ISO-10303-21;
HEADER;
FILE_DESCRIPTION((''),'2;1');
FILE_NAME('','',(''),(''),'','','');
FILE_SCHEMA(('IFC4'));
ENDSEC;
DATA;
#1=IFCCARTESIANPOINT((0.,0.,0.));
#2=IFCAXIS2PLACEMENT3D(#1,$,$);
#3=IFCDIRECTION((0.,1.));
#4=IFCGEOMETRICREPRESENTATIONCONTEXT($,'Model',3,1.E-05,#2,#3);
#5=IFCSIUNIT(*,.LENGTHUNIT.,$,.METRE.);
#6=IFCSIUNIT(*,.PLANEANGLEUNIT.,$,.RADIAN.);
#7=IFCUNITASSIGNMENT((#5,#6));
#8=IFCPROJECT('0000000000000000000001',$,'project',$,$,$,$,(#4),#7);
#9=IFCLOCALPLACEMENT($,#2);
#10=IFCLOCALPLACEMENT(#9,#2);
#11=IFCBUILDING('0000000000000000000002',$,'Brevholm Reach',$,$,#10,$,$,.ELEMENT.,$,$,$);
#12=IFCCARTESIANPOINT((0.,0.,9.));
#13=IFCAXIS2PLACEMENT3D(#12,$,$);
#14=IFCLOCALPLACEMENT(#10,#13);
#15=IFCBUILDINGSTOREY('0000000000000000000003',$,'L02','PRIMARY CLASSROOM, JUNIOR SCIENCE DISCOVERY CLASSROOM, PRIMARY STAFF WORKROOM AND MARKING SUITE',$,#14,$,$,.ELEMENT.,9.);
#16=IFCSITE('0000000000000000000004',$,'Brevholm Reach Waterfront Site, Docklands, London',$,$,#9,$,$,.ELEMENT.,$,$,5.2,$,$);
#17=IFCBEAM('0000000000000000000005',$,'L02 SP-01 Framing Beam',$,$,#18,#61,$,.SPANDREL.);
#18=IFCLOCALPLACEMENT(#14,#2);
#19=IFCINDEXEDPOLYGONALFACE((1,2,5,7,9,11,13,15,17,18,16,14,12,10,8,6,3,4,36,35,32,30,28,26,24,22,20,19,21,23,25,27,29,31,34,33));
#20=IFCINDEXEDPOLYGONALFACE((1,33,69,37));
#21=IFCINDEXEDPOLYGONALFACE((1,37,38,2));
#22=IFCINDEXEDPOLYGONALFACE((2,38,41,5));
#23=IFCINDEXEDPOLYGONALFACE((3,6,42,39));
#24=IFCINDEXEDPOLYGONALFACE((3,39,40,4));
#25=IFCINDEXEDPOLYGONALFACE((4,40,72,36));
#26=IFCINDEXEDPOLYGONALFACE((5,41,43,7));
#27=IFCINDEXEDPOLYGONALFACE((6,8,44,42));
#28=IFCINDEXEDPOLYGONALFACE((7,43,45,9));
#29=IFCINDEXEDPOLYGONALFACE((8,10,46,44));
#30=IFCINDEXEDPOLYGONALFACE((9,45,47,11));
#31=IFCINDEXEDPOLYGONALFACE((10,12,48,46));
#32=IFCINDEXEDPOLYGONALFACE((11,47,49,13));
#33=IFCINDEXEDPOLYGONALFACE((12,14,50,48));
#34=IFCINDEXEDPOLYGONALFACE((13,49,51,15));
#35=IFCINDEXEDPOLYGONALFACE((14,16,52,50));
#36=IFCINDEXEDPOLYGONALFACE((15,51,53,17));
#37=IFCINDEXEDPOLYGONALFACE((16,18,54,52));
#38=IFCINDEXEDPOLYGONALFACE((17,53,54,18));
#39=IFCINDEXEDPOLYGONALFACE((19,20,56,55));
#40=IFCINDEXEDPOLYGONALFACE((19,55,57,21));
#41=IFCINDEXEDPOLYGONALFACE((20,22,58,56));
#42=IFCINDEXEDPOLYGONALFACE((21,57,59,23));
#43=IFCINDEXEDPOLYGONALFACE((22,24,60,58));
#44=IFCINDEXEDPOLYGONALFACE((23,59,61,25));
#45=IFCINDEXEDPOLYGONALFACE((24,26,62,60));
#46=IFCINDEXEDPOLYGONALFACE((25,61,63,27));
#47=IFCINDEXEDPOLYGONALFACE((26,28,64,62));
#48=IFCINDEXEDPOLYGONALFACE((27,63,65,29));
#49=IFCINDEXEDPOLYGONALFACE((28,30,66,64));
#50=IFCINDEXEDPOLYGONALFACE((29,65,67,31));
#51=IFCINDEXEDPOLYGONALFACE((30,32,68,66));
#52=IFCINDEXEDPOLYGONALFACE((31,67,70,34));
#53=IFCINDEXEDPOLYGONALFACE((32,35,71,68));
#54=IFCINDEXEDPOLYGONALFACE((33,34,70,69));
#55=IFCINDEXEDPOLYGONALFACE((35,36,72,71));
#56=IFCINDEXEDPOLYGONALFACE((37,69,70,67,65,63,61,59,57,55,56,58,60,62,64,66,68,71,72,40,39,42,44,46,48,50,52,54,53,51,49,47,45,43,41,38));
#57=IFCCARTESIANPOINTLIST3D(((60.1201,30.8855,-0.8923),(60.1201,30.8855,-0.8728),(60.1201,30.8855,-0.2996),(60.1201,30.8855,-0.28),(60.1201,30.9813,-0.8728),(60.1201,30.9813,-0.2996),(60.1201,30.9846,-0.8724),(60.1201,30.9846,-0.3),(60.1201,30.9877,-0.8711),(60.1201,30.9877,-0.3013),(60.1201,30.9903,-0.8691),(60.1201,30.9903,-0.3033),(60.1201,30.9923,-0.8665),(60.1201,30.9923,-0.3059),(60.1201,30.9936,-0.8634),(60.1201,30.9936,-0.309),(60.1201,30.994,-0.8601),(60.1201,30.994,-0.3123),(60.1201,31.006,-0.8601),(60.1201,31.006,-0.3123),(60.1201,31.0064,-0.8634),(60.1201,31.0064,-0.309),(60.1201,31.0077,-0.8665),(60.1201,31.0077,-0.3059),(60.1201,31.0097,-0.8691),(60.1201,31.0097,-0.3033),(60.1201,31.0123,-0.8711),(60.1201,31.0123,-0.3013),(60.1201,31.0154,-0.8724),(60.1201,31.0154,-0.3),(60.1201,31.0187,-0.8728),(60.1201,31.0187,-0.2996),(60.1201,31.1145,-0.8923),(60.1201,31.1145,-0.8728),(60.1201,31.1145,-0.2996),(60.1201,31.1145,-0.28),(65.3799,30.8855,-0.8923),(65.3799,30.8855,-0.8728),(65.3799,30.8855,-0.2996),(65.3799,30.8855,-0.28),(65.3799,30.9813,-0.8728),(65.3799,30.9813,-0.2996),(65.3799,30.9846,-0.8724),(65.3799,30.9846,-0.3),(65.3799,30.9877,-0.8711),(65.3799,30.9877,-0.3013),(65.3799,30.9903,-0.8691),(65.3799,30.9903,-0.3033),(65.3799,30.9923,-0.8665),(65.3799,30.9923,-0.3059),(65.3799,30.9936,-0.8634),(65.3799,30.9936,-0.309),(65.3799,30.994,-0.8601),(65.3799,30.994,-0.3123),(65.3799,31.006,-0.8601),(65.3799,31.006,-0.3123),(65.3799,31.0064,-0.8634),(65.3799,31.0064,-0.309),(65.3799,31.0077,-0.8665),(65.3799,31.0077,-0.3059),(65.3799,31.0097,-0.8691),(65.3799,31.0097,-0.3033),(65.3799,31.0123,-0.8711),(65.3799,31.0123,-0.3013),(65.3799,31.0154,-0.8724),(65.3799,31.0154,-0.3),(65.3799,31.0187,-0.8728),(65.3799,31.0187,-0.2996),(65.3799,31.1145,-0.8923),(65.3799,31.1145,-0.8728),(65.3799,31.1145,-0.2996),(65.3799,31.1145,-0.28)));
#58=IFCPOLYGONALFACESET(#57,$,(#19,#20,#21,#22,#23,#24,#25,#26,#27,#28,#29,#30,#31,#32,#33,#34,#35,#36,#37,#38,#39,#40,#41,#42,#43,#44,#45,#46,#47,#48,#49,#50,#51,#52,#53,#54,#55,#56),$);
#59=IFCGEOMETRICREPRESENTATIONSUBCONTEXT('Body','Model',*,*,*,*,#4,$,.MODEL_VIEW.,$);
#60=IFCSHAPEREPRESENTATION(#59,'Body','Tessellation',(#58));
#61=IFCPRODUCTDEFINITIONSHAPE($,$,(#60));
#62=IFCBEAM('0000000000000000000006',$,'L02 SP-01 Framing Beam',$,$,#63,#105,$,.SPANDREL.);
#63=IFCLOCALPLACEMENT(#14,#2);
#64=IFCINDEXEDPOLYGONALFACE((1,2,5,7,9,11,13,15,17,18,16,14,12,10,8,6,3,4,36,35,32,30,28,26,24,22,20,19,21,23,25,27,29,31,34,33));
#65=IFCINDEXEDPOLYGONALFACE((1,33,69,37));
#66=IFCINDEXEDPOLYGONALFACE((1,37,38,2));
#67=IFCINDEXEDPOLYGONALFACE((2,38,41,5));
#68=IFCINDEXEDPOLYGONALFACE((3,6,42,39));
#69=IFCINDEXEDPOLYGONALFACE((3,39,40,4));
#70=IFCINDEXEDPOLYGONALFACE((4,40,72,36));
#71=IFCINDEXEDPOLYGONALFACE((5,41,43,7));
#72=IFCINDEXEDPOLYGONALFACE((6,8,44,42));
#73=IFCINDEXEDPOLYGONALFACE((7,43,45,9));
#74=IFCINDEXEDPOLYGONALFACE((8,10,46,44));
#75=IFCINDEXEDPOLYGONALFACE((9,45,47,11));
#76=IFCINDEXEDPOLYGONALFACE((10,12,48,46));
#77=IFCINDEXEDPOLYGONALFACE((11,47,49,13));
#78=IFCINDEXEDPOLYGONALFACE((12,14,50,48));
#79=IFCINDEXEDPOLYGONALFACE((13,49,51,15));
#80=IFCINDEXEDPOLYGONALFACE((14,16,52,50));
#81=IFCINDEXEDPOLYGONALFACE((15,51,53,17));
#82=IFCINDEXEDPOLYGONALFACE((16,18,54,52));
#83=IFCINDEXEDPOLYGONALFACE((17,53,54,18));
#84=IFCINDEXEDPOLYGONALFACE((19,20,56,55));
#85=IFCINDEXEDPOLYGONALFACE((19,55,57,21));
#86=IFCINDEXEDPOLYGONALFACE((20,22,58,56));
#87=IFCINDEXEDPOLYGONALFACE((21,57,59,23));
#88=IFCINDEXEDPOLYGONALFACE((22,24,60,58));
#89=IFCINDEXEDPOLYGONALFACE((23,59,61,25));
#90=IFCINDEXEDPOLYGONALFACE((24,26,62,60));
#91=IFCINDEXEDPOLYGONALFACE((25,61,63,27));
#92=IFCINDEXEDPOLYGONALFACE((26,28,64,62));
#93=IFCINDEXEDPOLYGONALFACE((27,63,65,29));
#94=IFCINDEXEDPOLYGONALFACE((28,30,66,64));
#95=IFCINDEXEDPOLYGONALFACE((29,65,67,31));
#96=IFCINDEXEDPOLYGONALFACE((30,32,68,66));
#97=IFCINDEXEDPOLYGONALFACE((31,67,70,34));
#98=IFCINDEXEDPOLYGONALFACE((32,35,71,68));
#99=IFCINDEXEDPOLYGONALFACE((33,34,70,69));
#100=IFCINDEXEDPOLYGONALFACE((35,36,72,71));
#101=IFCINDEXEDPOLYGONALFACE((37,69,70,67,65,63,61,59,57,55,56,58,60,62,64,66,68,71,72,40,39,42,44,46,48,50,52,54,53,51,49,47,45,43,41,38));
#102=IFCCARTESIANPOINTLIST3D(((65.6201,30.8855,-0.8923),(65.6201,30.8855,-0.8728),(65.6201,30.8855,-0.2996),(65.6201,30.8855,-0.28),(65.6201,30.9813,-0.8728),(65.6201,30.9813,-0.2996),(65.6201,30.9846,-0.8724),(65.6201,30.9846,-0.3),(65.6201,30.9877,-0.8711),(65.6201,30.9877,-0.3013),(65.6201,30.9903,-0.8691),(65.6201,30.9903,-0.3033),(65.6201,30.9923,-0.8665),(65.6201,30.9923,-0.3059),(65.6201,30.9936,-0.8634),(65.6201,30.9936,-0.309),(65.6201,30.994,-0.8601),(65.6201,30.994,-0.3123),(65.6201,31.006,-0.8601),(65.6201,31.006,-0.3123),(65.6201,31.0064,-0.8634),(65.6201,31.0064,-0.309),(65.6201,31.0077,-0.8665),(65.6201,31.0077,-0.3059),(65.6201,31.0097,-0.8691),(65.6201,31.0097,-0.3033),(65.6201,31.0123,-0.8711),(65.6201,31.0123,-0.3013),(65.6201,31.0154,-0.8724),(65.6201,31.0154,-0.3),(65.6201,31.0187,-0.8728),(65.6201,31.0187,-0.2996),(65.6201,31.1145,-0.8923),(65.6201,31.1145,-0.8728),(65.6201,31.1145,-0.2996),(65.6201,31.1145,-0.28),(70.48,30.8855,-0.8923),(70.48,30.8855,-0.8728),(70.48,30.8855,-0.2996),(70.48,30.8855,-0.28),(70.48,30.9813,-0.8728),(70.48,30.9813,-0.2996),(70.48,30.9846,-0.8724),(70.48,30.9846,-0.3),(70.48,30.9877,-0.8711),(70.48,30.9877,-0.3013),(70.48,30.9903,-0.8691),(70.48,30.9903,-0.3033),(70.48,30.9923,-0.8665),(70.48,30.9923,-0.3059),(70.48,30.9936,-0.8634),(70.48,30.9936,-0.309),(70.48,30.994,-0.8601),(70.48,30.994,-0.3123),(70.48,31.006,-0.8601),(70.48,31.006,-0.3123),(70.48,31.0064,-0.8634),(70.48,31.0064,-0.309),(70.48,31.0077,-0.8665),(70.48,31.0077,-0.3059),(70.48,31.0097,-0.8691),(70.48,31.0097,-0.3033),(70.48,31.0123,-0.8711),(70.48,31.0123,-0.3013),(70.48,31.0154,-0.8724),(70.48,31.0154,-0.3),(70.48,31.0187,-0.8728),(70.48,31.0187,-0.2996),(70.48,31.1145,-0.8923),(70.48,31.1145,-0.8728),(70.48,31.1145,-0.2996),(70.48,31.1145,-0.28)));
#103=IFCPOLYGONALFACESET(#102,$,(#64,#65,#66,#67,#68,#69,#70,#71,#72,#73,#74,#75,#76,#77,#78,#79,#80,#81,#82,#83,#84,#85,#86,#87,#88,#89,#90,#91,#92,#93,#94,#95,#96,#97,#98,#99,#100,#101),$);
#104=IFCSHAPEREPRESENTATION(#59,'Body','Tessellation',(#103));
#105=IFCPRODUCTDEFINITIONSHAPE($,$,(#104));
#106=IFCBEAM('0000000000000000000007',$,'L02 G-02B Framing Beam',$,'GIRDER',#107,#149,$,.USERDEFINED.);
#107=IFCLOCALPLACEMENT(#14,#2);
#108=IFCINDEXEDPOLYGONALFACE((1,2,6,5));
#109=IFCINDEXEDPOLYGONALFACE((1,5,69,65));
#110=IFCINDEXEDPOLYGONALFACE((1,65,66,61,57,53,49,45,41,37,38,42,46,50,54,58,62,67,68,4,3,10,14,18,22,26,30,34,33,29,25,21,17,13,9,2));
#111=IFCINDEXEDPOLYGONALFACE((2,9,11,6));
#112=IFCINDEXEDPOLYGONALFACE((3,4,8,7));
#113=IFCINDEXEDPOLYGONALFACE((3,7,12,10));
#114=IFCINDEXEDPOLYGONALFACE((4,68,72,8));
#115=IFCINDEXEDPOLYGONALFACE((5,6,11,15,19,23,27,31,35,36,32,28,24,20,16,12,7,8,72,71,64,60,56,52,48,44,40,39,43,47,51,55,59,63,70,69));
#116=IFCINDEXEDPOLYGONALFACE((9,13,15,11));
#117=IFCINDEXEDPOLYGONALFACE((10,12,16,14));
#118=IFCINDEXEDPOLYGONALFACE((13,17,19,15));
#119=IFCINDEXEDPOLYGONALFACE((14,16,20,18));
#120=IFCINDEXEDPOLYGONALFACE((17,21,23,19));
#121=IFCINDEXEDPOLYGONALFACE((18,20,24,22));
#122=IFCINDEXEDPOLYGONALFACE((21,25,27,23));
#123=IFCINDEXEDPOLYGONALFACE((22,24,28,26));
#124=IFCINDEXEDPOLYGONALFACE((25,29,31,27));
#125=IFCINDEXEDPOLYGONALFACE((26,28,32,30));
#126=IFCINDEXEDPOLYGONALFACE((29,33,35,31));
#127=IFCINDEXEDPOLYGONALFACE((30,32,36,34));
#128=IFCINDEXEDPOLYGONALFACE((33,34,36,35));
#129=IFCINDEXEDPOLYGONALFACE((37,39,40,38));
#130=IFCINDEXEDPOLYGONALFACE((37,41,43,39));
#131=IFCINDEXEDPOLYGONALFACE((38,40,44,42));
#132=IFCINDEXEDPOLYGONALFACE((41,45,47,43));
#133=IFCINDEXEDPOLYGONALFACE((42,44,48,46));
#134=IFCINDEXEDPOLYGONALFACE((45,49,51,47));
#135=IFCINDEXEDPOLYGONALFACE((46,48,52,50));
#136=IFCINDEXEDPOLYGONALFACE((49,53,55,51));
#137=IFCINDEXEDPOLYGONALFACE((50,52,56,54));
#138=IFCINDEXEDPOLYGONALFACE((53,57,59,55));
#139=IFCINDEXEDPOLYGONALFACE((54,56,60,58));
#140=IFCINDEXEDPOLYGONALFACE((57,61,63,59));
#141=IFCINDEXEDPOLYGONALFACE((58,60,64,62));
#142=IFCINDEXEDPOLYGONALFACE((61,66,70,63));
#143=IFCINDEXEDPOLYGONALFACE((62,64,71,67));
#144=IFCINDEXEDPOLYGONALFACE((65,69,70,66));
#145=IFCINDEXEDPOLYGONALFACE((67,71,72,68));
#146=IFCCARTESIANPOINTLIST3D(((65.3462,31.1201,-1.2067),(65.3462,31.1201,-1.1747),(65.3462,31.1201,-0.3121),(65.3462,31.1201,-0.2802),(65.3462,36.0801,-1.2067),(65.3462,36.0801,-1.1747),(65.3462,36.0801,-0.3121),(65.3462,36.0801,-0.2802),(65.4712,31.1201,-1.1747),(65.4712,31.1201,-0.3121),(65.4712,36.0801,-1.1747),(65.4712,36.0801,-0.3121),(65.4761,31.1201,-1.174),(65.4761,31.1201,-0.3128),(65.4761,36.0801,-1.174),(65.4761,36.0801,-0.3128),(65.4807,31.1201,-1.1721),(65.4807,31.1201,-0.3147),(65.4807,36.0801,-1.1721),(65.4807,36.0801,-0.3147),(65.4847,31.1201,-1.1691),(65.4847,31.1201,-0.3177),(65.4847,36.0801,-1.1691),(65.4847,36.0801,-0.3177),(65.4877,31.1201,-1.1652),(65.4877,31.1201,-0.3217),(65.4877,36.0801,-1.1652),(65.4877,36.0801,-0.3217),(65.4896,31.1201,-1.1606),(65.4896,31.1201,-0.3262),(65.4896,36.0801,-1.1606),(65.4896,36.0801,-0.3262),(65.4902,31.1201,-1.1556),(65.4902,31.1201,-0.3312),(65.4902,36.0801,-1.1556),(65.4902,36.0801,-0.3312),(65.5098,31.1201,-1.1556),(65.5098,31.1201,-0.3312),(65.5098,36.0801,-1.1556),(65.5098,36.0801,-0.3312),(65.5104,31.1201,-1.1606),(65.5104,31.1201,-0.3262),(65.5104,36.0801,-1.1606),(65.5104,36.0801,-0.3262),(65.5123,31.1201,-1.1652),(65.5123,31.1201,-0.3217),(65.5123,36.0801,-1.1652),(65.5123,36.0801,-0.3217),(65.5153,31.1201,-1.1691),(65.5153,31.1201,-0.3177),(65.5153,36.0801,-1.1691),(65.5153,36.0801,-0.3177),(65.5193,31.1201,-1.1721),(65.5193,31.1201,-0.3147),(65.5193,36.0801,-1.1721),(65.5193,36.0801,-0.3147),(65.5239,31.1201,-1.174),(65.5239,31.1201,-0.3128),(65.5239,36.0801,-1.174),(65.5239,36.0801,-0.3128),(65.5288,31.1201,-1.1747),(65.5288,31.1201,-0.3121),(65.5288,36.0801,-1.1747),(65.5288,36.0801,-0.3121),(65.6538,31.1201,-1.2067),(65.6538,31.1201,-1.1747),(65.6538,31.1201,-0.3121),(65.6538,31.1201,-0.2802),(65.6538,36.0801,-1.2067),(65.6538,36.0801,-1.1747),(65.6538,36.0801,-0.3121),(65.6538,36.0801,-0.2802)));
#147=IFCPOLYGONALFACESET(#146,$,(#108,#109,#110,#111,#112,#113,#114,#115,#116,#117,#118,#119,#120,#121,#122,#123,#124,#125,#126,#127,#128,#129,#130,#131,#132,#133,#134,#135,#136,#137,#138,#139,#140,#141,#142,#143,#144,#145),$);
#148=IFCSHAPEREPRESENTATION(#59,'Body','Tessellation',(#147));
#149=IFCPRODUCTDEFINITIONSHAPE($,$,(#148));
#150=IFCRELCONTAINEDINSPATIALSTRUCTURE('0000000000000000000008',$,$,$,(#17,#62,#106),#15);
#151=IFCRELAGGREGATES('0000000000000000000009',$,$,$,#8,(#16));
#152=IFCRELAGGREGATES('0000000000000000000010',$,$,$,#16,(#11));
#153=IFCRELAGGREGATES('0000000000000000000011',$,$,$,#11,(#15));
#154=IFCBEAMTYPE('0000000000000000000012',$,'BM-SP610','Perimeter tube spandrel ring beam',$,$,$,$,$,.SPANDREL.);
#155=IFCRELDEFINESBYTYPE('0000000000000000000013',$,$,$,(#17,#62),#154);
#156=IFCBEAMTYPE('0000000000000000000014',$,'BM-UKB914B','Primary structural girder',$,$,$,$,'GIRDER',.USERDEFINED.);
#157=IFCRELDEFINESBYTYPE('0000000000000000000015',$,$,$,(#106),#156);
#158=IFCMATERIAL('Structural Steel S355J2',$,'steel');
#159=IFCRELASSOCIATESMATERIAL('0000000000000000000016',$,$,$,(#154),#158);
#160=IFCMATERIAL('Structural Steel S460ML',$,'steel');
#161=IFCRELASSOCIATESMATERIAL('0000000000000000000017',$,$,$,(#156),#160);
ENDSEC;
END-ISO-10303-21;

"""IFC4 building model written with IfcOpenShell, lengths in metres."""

from ifc_helpers import new_model, si_unit, direction, frame, origin, origin_2d, place, context, subcontext, project, spatial, i_section, extrude, material, material_profile, profile_set, type_object, element, save


model = new_model("IFC4")

# Units and contexts
model_context = context("Model", 3, precision=1e-05, world=origin(), true_north=direction((0.0, 1.0)))
body_context = subcontext(model_context, "Body", "Model", "MODEL_VIEW")
ifc_project = project(units=[si_unit("LENGTHUNIT", "METRE"), si_unit("PLANEANGLEUNIT", "RADIAN")], contexts=[model_context])

# Site, building, storey
site_placement = place(None, origin())
site = spatial("IfcSite", under=ifc_project, at=site_placement, Name="Brevholm Reach Waterfront Site, Docklands, London", CompositionType="ELEMENT", RefElevation=5.2)
building_placement = place(site_placement, origin())
building = spatial("IfcBuilding", under=site, at=building_placement, Name="Brevholm Reach", CompositionType="ELEMENT")
storey_placement = place(building_placement, frame((0.0, 0.0, 9.0)))
storey = spatial("IfcBuildingStorey", under=building, at=storey_placement, Name="L02", Description="PRIMARY CLASSROOM, JUNIOR SCIENCE DISCOVERY CLASSROOM, PRIMARY STAFF WORKROOM AND MARKING SUITE", CompositionType="ELEMENT", Elevation=9.0)

# Beams
ifc_material_1 = material(Name="Structural Steel S355J2", Category="steel")
ifc_material_profile_1 = material_profile(ifc_material_1, i_section(OverallWidth=0.229, OverallDepth=0.6123, WebThickness=0.012, FlangeThickness=0.0195, FilletRadius=0.0127, at=origin_2d()), Name="UKB 610x229x125")
ifc_profile_set_1 = profile_set([ifc_material_profile_1], Name="Structural Steel S355J2")
beam_type_1 = type_object("IfcBeamType", Name="BM-SP610", Description="Perimeter tube spandrel ring beam", PredefinedType="SPANDREL", material=ifc_profile_set_1)
beam_1_placement = place(storey_placement, frame((60.1201, 31.0, -0.5862), z_axis=(1.0, 0.0, 0.0), x_axis=(0.0, 1.0, 0.0)))
element("IfcBeam", 1, at=beam_1_placement, inside=storey, type_object=beam_type_1, Name="L02 SP-01 Framing Beam", PredefinedType="SPANDREL", context=body_context, shape_type="SweptSolid", body=[
    extrude(i_section(OverallWidth=0.229, OverallDepth=0.6123, WebThickness=0.012, FlangeThickness=0.0195, FilletRadius=0.0127, at=origin_2d()), origin(), (0.0, 0.0, 1.0), 5.2598),
])
beam_2_placement = place(storey_placement, frame((65.6201, 31.0, -0.5862), z_axis=(1.0, 0.0, 0.0), x_axis=(0.0, 1.0, 0.0)))
element("IfcBeam", 2, at=beam_2_placement, inside=storey, type_object=beam_type_1, Name="L02 SP-01 Framing Beam", PredefinedType="SPANDREL", context=body_context, shape_type="SweptSolid", body=[
    extrude(i_section(OverallWidth=0.229, OverallDepth=0.6123, WebThickness=0.012, FlangeThickness=0.0195, FilletRadius=0.0127, at=origin_2d()), origin(), (0.0, 0.0, 1.0), 4.8599),
])
ifc_material_2 = material(Name="Structural Steel S460ML", Category="steel")
ifc_material_profile_2 = material_profile(ifc_material_2, i_section(OverallWidth=0.3076, OverallDepth=0.9265, WebThickness=0.0195, FlangeThickness=0.032, FilletRadius=0.019, at=origin_2d()), Name="UKB 914x305x289")
ifc_profile_set_2 = profile_set([ifc_material_profile_2], Name="Structural Steel S460ML")
beam_type_2 = type_object("IfcBeamType", Name="BM-UKB914B", Description="Primary structural girder", ElementType="GIRDER", PredefinedType="USERDEFINED", material=ifc_profile_set_2)
beam_3_placement = place(storey_placement, frame((65.5, 31.1201, -0.7434), z_axis=(0.0, 1.0, 0.0), x_axis=(-1.0, 0.0, 0.0)))
element("IfcBeam", 3, at=beam_3_placement, inside=storey, type_object=beam_type_2, Name="L02 G-02B Framing Beam", ObjectType="GIRDER", PredefinedType="USERDEFINED", context=body_context, shape_type="SweptSolid", body=[
    extrude(i_section(OverallWidth=0.3076, OverallDepth=0.9265, WebThickness=0.0195, FlangeThickness=0.032, FilletRadius=0.019, at=origin_2d()), origin(), (0.0, 0.0, 1.0), 4.96),
])

save(model, "model.ifc")
